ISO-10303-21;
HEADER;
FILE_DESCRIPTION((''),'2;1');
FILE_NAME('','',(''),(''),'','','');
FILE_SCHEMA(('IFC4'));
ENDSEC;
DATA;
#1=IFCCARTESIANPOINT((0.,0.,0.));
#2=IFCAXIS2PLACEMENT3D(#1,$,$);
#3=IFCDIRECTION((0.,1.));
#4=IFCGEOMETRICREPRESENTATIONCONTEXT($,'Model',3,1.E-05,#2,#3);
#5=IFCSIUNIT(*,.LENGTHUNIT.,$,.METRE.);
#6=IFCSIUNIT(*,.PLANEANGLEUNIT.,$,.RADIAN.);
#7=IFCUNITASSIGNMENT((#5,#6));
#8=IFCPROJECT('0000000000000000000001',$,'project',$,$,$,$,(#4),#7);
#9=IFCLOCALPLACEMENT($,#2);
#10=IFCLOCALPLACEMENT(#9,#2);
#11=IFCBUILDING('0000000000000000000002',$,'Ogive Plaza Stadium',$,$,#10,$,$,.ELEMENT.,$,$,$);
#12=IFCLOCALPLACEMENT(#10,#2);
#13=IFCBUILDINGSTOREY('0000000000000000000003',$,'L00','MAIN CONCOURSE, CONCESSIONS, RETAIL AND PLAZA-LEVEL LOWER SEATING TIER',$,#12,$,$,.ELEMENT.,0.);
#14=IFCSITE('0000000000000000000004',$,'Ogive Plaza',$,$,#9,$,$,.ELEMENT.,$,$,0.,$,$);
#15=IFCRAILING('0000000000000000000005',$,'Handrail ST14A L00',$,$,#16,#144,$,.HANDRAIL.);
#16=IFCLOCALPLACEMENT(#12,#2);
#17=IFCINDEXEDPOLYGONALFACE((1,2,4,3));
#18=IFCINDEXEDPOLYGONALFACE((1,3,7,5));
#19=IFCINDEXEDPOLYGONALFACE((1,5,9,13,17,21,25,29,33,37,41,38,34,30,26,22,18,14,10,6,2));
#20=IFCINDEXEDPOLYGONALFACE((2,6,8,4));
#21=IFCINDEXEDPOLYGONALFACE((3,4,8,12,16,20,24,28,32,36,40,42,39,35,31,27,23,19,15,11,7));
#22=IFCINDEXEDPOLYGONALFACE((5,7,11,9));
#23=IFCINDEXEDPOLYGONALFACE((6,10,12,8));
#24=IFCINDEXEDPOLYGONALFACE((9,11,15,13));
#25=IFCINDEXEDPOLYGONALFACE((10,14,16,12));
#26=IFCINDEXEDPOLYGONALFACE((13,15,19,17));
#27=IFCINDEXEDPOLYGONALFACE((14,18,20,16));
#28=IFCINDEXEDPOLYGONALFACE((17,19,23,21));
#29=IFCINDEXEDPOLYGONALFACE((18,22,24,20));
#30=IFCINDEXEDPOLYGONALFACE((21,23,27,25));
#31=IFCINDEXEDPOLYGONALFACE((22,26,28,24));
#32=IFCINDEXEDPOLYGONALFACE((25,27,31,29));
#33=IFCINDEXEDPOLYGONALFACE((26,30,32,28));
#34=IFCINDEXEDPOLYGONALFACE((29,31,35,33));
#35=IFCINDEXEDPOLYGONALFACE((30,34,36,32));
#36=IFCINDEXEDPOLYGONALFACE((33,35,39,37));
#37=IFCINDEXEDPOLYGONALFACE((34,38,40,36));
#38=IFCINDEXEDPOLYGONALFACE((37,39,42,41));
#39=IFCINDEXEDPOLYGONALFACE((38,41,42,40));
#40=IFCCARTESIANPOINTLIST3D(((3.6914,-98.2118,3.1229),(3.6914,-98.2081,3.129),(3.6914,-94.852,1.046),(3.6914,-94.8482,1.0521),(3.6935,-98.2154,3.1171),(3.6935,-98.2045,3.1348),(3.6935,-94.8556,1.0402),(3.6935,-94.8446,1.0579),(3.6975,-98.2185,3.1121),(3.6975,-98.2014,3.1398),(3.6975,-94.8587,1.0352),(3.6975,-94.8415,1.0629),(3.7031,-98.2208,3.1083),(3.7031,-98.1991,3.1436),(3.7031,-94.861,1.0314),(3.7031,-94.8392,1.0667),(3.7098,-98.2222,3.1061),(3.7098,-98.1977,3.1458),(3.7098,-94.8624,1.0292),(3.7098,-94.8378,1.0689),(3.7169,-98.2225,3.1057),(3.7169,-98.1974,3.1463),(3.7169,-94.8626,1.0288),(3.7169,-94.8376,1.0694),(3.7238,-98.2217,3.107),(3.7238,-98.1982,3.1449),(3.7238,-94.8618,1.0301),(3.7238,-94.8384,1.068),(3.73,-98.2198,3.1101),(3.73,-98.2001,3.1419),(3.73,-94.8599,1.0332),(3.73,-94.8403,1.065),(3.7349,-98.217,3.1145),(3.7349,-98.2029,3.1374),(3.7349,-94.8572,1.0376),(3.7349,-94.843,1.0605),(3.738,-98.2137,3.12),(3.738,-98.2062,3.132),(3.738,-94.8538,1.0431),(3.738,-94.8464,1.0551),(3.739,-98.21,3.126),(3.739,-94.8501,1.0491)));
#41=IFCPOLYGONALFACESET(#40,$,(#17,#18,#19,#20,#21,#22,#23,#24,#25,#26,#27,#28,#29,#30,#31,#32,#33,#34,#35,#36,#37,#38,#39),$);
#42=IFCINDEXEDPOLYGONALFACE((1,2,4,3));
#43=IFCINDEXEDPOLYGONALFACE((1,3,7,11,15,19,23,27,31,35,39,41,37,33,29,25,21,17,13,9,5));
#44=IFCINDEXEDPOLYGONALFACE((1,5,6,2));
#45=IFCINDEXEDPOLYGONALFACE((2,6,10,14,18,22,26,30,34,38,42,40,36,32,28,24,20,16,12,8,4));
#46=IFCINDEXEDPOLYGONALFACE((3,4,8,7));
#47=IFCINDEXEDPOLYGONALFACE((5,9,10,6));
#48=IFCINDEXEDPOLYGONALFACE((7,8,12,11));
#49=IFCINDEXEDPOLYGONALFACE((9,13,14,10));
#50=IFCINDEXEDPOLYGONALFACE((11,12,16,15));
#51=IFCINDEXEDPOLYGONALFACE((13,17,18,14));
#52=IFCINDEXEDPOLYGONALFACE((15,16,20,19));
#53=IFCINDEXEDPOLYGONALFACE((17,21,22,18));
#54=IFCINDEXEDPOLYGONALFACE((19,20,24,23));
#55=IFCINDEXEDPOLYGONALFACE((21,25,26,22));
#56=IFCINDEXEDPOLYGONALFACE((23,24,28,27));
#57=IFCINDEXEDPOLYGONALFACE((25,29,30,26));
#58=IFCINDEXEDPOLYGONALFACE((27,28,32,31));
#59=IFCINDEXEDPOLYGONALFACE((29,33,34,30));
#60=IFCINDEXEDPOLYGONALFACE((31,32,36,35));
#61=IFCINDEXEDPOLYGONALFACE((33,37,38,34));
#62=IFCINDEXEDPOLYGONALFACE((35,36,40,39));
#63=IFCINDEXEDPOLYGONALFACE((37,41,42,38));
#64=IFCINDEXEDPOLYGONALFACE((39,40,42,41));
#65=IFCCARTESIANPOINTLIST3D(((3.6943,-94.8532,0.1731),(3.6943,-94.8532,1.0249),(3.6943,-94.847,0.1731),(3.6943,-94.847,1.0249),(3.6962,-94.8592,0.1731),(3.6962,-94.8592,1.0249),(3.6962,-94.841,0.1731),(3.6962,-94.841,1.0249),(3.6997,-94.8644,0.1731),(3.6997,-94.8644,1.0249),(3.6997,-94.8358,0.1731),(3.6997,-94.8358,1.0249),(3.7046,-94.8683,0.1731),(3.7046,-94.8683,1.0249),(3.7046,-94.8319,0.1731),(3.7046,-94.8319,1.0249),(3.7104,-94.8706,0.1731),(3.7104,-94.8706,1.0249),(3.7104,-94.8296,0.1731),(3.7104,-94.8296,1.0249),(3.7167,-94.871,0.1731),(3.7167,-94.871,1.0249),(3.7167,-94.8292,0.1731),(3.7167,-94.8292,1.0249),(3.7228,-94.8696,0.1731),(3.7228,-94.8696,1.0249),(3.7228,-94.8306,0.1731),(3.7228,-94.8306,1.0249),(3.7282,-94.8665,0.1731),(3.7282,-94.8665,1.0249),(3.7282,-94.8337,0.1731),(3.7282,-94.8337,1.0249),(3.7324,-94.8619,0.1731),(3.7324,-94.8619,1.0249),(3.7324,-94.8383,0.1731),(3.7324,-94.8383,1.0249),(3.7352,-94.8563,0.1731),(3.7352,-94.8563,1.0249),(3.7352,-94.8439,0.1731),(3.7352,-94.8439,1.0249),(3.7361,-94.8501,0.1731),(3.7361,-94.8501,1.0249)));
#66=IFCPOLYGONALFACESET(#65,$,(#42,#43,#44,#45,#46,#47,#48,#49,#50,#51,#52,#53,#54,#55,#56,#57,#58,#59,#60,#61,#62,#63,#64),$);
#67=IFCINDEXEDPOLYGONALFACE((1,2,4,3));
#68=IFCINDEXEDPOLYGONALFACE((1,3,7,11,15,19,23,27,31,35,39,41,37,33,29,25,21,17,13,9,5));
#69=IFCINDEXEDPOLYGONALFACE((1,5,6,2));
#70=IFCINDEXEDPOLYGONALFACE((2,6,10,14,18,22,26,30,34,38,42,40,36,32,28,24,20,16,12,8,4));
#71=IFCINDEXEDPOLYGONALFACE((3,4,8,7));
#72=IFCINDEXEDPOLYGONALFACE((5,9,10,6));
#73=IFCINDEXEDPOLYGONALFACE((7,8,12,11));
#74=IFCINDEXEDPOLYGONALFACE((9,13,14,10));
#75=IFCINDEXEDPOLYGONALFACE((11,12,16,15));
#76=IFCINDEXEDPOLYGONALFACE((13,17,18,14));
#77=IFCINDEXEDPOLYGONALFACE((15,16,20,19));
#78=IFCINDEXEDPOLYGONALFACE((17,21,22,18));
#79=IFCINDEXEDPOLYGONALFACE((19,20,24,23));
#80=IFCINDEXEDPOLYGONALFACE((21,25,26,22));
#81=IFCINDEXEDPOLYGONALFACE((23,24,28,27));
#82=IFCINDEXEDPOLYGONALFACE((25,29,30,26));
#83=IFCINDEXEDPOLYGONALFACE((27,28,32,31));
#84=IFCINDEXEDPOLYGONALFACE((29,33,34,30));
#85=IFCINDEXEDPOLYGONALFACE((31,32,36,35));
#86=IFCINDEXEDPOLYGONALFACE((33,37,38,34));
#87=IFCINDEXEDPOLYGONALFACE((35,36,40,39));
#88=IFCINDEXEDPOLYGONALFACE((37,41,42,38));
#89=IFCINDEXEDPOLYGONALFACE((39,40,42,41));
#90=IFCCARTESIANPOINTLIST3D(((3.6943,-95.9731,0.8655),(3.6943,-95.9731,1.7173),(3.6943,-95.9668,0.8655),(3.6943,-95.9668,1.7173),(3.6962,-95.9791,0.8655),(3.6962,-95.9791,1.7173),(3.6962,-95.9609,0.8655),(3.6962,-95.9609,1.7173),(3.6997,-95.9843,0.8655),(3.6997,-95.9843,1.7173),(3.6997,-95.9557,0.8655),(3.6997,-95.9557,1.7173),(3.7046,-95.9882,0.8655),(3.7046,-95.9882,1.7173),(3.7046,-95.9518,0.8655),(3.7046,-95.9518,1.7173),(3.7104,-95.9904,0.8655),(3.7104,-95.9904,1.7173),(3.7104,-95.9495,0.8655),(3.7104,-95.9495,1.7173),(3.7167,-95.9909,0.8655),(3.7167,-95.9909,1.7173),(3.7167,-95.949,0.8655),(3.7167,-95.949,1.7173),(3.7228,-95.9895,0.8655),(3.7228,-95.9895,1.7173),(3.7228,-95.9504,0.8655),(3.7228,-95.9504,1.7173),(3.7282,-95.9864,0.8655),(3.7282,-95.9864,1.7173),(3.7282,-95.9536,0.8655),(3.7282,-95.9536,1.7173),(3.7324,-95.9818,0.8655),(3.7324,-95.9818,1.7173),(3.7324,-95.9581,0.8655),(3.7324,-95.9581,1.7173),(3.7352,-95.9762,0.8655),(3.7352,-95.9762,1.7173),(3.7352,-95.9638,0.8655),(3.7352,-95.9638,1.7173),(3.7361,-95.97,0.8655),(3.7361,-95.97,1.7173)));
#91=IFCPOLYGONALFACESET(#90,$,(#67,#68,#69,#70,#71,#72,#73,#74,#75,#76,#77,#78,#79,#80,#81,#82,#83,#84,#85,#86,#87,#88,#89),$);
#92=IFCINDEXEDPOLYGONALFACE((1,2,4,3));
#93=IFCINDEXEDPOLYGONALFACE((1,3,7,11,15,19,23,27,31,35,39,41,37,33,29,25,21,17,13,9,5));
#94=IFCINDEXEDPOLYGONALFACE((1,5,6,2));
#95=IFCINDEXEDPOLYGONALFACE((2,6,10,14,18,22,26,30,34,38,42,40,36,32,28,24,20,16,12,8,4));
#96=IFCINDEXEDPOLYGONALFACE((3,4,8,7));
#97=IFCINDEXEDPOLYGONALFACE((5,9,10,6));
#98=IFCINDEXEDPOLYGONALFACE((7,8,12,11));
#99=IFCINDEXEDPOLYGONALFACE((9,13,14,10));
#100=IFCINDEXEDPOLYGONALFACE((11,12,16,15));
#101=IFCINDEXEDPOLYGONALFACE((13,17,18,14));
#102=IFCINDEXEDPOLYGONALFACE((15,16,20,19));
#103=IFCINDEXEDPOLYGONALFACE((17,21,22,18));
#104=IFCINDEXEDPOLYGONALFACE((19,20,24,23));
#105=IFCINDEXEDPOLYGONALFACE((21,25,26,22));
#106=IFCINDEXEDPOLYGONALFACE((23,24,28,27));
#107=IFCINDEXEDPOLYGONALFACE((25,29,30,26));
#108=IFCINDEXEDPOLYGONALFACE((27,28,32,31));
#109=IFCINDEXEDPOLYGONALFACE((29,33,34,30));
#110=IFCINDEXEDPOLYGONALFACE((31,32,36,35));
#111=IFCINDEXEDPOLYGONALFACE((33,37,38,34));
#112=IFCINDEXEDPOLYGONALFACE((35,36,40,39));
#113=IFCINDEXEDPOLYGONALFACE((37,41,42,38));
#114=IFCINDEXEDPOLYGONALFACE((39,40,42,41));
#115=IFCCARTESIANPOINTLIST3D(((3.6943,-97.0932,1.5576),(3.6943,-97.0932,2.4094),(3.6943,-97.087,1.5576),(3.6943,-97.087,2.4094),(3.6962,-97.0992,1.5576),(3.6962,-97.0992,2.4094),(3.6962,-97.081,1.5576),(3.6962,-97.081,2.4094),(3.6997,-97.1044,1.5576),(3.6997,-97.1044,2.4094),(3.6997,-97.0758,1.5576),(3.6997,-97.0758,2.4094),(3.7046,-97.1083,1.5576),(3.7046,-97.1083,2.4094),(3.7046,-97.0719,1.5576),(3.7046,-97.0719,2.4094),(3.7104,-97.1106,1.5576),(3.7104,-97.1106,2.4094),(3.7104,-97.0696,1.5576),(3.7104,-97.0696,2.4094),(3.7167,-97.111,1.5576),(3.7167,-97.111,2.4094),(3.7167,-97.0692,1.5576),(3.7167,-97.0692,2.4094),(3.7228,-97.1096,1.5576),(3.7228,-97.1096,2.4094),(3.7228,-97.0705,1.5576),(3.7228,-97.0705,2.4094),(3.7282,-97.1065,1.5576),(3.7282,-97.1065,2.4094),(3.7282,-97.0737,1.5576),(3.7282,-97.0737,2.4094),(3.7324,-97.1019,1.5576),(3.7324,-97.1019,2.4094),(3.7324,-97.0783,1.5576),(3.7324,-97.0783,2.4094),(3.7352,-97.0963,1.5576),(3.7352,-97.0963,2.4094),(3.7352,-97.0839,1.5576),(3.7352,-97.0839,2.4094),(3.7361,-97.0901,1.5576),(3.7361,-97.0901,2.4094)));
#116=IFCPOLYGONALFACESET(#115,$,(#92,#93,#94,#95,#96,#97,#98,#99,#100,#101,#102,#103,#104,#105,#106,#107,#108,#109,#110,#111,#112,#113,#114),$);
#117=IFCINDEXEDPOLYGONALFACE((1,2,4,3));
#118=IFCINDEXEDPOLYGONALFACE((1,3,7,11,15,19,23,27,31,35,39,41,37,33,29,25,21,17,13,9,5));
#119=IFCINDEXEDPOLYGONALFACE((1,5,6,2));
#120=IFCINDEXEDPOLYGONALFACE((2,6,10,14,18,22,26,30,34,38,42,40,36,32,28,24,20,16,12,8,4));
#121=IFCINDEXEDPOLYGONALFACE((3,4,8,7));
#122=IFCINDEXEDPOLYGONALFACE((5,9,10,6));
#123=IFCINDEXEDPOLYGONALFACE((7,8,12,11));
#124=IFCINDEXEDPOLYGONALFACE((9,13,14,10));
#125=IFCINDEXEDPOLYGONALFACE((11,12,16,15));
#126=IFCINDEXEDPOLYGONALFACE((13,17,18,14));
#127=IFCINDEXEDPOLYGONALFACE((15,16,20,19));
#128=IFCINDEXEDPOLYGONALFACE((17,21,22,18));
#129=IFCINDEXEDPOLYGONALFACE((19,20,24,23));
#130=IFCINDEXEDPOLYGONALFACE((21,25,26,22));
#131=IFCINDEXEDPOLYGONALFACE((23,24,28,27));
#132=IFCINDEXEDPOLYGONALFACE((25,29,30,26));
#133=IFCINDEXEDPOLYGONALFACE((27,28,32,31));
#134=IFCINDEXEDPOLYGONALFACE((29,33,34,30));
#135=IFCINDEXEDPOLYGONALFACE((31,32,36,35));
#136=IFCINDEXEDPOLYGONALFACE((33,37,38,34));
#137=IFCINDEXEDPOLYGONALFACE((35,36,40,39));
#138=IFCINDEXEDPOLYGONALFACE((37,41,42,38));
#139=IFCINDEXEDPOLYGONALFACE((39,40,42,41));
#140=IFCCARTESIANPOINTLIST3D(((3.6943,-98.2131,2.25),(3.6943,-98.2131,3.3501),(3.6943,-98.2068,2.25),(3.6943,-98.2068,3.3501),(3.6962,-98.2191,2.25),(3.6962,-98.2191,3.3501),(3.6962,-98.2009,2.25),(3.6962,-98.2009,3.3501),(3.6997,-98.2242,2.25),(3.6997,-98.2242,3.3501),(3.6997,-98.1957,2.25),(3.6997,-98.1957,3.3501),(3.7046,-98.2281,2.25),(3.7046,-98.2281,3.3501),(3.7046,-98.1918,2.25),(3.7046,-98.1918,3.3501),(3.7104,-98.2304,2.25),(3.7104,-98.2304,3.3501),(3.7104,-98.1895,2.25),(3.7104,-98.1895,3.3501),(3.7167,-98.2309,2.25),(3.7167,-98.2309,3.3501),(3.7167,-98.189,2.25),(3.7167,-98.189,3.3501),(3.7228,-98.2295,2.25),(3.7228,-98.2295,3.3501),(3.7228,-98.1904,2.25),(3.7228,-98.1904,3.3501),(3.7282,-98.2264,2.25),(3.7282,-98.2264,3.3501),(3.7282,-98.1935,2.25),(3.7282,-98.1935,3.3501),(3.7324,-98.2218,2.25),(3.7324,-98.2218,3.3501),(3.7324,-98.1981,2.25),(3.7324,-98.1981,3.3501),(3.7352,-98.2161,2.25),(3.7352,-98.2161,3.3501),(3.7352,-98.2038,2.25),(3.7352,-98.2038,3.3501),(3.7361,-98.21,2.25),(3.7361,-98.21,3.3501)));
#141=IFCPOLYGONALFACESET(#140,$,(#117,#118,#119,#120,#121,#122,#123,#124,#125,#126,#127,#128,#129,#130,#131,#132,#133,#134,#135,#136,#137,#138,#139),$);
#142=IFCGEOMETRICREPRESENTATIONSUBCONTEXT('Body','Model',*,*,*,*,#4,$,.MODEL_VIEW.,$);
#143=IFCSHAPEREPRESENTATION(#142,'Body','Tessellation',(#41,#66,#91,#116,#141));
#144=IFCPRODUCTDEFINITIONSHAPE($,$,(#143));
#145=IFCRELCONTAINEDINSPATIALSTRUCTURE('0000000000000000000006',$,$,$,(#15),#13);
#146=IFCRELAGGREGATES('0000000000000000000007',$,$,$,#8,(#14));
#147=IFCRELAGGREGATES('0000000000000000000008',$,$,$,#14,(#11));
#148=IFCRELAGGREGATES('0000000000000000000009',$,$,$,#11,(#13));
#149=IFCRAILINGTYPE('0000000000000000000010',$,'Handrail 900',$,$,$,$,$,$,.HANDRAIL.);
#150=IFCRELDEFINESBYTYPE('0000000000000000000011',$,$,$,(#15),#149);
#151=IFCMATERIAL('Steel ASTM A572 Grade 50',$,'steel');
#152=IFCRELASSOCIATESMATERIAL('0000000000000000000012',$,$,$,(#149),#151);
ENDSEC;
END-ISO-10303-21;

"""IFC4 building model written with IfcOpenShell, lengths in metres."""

from ifc_helpers import new_model, si_unit, direction, frame, origin, origin_2d, place, context, subcontext, project, spatial, circle, extrude, material, type_object, element, save


model = new_model("IFC4")

# Units and contexts
model_context = context("Model", 3, precision=1e-05, world=origin(), true_north=direction((0.0, 1.0)))
body_context = subcontext(model_context, "Body", "Model", "MODEL_VIEW")
ifc_project = project(units=[si_unit("LENGTHUNIT", "METRE"), si_unit("PLANEANGLEUNIT", "RADIAN")], contexts=[model_context])

# Site, building, storey
site_placement = place(None, origin())
site = spatial("IfcSite", under=ifc_project, at=site_placement, Name="Ogive Plaza", CompositionType="ELEMENT", RefElevation=0.0)
building_placement = place(site_placement, origin())
building = spatial("IfcBuilding", under=site, at=building_placement, Name="Ogive Plaza Stadium", CompositionType="ELEMENT")
storey_placement = place(building_placement, origin())
storey = spatial("IfcBuildingStorey", under=building, at=storey_placement, Name="L00", Description="MAIN CONCOURSE, CONCESSIONS, RETAIL AND PLAZA-LEVEL LOWER SEATING TIER", CompositionType="ELEMENT", Elevation=0.0)

# Railing
ifc_material_1 = material(Name="Steel ASTM A572 Grade 50", Category="steel")
railing_type_1 = type_object("IfcRailingType", Name="Handrail 900", PredefinedType="HANDRAIL", material=ifc_material_1)
for number, where, name in (
    (1, (3.7151, -94.8501, 0.1731), "Handrail ST14A L00"),
):
    element("IfcRailing", number, at=place(storey_placement, frame(where)), inside=storey, type_object=railing_type_1, Name=name, PredefinedType="HANDRAIL", context=body_context, shape_type="SweptSolid", body=[
        extrude(circle(Radius=0.0239, at=origin_2d()), frame((0.0, 0.0, 0.876), z_axis=(0.0, -0.850606, 0.525803), x_axis=(1.0, 0.0, 0.0)), (0.0, 0.0, 1.0), 3.95),
        extrude(circle(Radius=0.021, at=origin_2d()), origin(), (0.0, 0.0, 1.0), 0.8518),
        extrude(circle(Radius=0.021, at=origin_2d()), frame((0.0, -1.1199, 0.6924)), (0.0, 0.0, 1.0), 0.8518),
        extrude(circle(Radius=0.021, at=origin_2d()), frame((0.0, -2.24, 1.3845)), (0.0, 0.0, 1.0), 0.8518),
        extrude(circle(Radius=0.021, at=origin_2d()), frame((0.0, -3.3599, 2.0769)), (0.0, 0.0, 1.0), 1.1001),
    ])

save(model, "model.ifc")
